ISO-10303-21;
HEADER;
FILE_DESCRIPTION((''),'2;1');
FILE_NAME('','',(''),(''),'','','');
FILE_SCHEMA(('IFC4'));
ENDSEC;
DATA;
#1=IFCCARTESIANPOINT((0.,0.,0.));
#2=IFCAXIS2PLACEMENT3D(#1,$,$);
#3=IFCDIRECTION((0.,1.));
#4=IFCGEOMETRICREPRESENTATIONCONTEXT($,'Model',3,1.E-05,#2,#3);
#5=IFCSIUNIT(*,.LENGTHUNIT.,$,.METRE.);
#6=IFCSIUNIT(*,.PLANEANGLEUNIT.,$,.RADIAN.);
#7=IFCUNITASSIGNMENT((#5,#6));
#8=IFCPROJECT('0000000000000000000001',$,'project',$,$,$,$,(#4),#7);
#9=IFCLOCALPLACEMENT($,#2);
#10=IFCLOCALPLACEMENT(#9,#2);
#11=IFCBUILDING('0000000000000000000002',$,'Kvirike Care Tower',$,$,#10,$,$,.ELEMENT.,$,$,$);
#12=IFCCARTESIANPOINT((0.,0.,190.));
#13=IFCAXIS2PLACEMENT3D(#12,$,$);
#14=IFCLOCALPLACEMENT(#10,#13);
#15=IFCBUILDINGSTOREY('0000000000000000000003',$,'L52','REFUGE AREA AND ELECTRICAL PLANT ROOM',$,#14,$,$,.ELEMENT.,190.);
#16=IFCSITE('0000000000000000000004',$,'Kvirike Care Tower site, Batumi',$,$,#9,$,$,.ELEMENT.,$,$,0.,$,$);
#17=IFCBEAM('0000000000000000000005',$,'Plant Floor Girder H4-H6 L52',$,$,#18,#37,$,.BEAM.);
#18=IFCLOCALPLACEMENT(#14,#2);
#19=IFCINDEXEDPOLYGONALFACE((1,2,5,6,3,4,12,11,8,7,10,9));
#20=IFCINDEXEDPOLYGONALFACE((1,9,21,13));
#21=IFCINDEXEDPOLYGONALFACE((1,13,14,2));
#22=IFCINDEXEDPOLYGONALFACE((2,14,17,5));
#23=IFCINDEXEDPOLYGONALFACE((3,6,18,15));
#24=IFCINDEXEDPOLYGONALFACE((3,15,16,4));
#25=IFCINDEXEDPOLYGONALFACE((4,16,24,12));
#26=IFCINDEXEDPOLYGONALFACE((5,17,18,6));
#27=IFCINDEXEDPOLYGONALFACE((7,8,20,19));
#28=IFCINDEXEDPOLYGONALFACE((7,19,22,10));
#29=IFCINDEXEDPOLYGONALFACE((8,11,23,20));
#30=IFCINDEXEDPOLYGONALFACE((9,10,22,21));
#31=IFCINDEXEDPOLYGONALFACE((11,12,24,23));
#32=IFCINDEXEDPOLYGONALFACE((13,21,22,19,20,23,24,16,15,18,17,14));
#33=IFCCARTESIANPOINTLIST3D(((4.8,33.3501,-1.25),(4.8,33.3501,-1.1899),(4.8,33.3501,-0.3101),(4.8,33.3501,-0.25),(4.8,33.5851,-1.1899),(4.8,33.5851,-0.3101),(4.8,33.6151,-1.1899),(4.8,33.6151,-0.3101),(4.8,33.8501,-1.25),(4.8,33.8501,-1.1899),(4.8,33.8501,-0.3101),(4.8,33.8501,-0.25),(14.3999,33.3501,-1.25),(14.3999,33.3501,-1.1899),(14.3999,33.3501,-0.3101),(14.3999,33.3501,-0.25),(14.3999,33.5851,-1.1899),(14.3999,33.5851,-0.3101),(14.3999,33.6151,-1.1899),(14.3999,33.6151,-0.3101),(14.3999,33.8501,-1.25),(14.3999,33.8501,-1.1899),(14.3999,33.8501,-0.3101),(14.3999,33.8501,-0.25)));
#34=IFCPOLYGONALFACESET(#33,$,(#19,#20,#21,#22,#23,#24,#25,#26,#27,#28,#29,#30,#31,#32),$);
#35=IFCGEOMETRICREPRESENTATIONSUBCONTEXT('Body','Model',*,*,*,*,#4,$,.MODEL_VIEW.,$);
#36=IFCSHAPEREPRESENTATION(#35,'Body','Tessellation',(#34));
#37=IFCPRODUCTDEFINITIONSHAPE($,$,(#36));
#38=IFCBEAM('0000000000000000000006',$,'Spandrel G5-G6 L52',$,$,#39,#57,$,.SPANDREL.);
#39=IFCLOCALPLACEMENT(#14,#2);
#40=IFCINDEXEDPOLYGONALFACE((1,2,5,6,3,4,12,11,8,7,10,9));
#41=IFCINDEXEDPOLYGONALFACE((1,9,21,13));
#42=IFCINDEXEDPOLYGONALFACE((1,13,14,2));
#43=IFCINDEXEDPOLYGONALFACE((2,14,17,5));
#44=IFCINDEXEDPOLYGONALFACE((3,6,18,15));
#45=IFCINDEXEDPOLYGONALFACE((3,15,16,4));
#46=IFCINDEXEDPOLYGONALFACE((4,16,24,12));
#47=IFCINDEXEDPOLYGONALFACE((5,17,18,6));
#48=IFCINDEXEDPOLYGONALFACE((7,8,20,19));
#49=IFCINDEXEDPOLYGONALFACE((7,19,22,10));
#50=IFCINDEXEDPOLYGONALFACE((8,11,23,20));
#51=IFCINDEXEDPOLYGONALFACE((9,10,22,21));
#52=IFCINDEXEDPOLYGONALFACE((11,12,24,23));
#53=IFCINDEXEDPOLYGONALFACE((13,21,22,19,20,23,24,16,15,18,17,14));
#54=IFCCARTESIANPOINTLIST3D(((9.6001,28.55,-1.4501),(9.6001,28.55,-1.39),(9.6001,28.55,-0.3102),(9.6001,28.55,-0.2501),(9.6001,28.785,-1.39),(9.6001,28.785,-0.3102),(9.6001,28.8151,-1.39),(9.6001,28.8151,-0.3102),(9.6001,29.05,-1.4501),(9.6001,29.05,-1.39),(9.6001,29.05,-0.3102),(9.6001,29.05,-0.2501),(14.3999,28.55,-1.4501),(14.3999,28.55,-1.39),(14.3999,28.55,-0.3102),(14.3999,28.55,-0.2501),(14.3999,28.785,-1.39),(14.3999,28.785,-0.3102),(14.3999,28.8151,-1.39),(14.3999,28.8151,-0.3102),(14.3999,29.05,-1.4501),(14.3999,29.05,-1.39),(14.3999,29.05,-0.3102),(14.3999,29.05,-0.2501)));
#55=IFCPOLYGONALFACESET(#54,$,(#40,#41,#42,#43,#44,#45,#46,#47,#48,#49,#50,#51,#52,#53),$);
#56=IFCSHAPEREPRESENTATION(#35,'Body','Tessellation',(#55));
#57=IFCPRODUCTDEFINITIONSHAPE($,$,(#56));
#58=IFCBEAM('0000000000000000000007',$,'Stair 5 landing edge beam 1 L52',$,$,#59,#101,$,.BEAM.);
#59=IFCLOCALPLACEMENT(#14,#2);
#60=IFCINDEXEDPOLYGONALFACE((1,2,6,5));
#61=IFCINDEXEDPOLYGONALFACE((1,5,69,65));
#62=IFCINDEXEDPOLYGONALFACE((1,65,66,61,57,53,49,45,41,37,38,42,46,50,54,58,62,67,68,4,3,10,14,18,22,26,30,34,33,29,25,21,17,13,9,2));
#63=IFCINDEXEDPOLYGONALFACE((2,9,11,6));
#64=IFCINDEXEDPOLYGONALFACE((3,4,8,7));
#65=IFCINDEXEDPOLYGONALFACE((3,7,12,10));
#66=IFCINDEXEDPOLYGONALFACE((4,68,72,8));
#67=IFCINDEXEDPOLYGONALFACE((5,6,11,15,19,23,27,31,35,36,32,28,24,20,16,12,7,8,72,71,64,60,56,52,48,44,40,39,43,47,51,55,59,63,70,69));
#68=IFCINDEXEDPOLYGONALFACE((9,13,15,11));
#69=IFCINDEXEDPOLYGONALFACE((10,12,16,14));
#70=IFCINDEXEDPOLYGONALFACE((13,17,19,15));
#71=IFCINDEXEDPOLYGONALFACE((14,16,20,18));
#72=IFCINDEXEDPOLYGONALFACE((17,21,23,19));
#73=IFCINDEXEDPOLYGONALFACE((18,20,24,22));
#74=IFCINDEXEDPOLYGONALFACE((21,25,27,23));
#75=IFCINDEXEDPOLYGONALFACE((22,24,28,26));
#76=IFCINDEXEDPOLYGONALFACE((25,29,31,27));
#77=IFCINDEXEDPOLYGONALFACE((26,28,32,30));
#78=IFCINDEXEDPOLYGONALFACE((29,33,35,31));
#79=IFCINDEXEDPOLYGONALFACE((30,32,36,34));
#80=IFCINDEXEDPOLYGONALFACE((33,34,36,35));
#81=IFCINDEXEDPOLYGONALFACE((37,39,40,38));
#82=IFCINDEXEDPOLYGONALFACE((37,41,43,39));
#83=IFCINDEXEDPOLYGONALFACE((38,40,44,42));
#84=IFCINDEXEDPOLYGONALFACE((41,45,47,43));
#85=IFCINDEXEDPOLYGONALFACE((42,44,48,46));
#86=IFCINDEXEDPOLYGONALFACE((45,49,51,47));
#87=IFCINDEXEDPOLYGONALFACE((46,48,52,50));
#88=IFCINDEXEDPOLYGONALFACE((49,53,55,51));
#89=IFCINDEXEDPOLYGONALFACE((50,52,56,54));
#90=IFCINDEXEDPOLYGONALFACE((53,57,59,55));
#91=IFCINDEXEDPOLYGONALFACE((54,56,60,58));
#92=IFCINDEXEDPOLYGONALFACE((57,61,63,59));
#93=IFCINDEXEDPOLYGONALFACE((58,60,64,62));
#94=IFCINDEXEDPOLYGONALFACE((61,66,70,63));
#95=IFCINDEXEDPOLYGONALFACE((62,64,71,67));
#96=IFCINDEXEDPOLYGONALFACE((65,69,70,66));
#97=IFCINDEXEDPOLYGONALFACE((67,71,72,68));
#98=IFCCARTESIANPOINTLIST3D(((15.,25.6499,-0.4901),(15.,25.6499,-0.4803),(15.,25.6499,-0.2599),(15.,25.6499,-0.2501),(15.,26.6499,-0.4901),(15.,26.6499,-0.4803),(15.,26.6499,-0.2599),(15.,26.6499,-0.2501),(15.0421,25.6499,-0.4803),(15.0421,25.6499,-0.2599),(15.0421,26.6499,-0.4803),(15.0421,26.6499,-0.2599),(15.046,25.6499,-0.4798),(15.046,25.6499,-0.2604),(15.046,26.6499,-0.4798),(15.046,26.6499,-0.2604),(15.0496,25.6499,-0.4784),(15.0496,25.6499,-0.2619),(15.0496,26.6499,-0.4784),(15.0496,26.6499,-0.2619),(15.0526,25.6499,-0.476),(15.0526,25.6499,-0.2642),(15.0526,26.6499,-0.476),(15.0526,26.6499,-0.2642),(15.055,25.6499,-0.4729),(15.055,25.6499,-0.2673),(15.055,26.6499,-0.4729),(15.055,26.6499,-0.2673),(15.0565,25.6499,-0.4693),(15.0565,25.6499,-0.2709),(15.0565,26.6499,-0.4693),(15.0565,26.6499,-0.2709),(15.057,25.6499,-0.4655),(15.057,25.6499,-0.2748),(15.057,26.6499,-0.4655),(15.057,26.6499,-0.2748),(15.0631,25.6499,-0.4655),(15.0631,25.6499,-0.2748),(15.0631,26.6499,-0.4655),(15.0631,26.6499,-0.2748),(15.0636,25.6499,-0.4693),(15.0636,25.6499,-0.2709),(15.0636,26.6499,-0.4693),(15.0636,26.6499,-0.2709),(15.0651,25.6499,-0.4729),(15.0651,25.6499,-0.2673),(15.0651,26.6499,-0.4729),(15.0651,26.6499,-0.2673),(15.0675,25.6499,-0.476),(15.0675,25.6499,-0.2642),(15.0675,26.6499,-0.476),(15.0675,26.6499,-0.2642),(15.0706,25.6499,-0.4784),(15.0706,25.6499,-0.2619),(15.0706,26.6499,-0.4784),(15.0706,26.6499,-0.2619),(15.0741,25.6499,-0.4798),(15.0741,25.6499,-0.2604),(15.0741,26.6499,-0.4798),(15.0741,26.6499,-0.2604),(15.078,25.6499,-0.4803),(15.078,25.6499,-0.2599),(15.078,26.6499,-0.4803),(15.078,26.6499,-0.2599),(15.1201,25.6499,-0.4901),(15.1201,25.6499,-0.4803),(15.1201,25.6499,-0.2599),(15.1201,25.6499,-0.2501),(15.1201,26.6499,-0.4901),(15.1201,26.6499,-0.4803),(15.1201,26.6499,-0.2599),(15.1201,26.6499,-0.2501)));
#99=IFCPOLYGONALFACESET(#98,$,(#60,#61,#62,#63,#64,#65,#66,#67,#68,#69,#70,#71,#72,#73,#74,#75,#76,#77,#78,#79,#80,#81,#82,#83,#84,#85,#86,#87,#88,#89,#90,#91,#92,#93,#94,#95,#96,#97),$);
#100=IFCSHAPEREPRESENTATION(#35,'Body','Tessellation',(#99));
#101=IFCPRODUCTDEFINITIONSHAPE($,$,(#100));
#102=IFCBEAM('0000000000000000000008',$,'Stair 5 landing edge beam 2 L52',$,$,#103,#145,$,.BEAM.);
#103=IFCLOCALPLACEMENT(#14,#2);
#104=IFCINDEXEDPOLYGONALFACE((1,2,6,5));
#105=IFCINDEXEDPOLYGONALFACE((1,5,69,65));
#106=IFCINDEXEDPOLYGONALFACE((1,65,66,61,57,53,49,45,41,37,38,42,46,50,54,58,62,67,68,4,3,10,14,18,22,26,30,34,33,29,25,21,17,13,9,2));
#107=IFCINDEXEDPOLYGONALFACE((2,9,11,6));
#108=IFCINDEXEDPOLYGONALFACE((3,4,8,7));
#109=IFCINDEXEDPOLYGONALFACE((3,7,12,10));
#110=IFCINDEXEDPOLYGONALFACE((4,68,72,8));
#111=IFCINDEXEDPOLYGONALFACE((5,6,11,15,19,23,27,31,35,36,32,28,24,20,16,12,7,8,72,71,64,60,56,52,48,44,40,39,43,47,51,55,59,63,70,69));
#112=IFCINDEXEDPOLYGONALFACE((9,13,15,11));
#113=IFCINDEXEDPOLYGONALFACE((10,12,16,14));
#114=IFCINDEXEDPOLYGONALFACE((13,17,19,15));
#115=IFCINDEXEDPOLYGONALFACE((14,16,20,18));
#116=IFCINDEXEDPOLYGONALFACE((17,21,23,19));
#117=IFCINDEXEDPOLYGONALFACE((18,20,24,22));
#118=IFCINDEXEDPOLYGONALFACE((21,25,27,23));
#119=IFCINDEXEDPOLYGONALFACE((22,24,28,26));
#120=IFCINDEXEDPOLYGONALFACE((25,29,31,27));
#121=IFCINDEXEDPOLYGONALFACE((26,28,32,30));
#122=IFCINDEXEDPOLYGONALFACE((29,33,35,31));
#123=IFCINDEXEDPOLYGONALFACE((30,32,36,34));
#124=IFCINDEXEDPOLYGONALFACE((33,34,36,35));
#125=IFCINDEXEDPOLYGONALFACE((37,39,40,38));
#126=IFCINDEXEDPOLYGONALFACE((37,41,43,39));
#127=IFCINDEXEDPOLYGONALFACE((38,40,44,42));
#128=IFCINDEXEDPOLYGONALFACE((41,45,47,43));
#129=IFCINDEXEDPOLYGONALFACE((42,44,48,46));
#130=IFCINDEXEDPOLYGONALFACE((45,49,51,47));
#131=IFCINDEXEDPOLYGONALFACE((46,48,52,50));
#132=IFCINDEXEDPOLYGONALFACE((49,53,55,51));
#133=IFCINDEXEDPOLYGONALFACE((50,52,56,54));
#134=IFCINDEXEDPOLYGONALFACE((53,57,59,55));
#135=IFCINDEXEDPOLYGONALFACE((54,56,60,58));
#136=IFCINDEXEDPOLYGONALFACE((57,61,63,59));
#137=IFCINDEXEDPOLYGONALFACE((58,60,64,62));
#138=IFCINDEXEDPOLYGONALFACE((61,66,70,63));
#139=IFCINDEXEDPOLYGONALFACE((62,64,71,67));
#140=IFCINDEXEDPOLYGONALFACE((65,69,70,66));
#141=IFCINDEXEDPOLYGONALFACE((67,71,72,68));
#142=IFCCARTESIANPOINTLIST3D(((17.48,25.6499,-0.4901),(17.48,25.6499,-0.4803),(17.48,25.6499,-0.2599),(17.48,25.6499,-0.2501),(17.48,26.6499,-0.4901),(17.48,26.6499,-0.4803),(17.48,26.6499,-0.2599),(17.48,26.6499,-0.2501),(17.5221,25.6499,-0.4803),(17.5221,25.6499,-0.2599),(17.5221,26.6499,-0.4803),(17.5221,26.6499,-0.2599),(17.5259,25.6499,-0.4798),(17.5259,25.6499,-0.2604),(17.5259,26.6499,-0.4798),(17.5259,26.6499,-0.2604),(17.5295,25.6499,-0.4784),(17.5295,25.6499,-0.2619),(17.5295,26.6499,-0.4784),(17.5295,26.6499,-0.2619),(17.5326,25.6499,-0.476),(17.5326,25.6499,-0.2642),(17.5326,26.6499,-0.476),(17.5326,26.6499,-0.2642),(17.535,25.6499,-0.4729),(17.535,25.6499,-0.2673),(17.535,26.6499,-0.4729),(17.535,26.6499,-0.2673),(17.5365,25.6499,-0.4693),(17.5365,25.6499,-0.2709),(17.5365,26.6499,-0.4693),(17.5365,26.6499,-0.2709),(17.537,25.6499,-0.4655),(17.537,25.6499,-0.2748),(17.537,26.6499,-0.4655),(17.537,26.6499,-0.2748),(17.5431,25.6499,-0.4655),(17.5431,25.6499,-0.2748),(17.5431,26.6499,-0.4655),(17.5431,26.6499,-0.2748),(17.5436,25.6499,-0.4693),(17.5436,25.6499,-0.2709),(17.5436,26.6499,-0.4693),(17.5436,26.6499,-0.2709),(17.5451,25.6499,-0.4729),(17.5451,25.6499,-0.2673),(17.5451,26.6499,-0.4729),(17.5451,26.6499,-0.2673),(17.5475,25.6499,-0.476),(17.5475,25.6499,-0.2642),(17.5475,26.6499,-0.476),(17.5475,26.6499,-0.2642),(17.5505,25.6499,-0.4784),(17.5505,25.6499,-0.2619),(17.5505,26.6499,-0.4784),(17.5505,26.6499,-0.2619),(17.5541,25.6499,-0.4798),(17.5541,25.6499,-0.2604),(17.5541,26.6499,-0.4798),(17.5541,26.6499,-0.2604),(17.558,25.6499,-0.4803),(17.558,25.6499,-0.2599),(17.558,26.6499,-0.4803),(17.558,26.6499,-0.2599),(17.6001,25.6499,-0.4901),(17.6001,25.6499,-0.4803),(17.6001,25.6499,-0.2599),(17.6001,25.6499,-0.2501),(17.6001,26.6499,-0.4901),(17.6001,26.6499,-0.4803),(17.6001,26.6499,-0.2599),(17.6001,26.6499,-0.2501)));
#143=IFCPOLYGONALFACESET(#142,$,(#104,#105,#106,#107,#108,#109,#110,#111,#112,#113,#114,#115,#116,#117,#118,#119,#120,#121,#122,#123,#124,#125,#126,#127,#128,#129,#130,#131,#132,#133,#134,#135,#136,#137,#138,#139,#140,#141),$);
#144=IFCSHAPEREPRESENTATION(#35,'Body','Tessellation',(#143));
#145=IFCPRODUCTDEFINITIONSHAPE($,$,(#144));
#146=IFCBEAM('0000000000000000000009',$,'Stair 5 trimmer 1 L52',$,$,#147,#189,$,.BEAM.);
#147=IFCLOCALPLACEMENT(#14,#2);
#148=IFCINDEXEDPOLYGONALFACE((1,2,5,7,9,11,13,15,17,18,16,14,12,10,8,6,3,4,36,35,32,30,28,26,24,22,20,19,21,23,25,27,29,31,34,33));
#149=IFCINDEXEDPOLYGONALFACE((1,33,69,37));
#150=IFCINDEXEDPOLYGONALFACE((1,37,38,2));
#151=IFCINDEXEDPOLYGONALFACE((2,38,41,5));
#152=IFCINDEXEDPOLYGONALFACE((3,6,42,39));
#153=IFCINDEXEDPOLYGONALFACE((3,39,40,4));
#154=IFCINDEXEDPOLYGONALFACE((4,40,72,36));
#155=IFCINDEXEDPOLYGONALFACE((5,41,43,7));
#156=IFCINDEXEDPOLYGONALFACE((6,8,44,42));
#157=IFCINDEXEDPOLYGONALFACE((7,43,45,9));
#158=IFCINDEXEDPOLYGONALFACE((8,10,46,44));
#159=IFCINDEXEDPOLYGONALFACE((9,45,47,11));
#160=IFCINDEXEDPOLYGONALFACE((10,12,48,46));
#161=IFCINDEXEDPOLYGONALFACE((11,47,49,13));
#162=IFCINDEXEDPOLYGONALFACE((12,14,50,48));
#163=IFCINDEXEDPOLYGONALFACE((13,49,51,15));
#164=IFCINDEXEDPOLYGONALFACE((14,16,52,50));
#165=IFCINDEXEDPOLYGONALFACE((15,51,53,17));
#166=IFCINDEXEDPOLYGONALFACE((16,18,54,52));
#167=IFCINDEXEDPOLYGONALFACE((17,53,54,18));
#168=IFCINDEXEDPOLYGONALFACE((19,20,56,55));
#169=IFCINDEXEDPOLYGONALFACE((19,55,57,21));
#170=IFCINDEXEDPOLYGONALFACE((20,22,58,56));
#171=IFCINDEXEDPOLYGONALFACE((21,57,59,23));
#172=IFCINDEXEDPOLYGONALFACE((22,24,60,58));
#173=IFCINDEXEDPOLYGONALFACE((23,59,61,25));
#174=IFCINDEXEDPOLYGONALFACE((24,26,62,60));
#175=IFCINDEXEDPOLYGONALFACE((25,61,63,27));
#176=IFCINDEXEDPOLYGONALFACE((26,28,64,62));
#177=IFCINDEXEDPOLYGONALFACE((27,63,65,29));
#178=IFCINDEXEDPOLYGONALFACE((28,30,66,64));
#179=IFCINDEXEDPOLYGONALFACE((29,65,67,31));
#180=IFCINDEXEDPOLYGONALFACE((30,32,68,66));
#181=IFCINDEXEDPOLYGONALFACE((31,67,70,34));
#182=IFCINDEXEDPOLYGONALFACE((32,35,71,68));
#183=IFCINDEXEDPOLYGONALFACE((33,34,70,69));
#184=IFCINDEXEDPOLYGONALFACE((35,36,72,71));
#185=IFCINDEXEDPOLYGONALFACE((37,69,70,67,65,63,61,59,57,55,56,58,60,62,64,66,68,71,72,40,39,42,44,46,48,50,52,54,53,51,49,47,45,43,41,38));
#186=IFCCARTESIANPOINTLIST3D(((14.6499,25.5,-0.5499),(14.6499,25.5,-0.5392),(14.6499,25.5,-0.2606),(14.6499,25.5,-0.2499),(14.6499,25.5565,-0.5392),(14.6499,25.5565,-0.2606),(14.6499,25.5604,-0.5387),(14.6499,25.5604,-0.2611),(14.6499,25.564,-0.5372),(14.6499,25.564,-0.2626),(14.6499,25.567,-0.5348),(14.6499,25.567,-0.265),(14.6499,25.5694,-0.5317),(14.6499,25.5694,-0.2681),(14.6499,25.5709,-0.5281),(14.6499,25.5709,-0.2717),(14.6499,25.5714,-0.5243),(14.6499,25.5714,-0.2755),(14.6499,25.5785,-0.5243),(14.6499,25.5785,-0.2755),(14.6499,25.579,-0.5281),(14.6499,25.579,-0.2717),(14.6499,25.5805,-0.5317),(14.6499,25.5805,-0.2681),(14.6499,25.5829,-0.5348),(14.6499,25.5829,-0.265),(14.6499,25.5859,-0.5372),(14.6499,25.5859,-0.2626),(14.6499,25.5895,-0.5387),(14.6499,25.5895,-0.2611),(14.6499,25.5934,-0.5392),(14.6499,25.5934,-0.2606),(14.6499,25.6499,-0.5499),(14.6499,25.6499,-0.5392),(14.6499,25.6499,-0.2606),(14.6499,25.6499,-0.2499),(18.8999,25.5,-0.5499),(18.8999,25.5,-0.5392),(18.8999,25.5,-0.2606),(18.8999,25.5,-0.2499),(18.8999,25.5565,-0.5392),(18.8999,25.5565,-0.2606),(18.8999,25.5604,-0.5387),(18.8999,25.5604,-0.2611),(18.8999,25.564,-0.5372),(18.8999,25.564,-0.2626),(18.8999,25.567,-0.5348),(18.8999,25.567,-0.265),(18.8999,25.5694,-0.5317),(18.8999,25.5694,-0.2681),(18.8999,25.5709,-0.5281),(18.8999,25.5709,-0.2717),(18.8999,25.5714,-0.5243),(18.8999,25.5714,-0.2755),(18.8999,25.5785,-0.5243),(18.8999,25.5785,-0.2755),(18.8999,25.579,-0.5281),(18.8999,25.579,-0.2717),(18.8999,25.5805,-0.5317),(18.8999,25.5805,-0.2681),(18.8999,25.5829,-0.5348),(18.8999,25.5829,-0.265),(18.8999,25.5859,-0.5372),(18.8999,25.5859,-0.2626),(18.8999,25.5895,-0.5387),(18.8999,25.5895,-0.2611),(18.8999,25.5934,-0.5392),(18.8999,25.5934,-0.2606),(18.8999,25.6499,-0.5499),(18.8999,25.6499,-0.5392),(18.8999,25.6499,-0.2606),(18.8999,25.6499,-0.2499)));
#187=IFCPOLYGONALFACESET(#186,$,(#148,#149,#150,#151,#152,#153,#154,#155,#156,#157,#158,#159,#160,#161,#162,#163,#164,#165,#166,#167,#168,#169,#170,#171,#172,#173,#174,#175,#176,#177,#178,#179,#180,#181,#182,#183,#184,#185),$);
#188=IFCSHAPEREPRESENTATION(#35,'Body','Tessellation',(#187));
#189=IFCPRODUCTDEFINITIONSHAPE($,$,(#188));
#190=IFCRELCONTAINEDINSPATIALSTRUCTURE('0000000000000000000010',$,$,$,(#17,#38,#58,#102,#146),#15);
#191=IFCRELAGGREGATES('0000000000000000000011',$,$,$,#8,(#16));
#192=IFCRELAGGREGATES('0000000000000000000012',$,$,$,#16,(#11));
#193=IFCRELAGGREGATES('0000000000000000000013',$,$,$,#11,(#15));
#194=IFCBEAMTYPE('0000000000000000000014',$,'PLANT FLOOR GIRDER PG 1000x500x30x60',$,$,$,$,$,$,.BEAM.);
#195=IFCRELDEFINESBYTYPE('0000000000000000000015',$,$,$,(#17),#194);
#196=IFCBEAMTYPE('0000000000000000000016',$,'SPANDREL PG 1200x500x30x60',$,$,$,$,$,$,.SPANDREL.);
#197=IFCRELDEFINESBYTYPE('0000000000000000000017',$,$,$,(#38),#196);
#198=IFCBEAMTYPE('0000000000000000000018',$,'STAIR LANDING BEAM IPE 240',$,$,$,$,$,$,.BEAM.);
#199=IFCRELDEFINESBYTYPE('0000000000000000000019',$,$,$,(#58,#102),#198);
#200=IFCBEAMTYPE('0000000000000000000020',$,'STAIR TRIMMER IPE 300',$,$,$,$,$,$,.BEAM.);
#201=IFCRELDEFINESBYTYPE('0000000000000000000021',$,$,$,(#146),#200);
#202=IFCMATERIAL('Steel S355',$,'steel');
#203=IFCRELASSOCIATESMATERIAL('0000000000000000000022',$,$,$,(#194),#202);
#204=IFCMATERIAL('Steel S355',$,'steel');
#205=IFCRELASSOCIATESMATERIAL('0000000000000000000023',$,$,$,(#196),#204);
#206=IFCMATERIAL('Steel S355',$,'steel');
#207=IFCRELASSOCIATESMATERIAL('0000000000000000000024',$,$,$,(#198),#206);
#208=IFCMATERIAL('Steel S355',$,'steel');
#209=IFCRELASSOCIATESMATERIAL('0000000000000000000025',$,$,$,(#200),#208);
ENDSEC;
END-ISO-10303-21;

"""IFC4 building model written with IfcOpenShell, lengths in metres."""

from ifc_helpers import new_model, si_unit, direction, frame, origin, origin_2d, place, context, subcontext, project, spatial, i_section, extrude, material, material_profile, profile_set, type_object, element, save


model = new_model("IFC4")

# Units and contexts
model_context = context("Model", 3, precision=1e-05, world=origin(), true_north=direction((0.0, 1.0)))
body_context = subcontext(model_context, "Body", "Model", "MODEL_VIEW")
ifc_project = project(units=[si_unit("LENGTHUNIT", "METRE"), si_unit("PLANEANGLEUNIT", "RADIAN")], contexts=[model_context])

# Site, building, storey
site_placement = place(None, origin())
site = spatial("IfcSite", under=ifc_project, at=site_placement, Name="Kvirike Care Tower site, Batumi", CompositionType="ELEMENT", RefElevation=0.0)
building_placement = place(site_placement, origin())
building = spatial("IfcBuilding", under=site, at=building_placement, Name="Kvirike Care Tower", CompositionType="ELEMENT")
storey_placement = place(building_placement, frame((0.0, 0.0, 190.0)))
storey = spatial("IfcBuildingStorey", under=building, at=storey_placement, Name="L52", Description="REFUGE AREA AND ELECTRICAL PLANT ROOM", CompositionType="ELEMENT", Elevation=190.0)

# Beams
ifc_material_1 = material(Name="Steel S355", Category="steel")
ifc_material_profile_1 = material_profile(ifc_material_1, i_section(OverallWidth=0.5, OverallDepth=1.0, WebThickness=0.03, FlangeThickness=0.0601, at=origin_2d()), Name="PG 1000x500x30x60")
ifc_profile_set_1 = profile_set([ifc_material_profile_1], Name="Steel S355")
beam_type_1 = type_object("IfcBeamType", Name="PLANT FLOOR GIRDER PG 1000x500x30x60", PredefinedType="BEAM", material=ifc_profile_set_1)
beam_1_placement = place(storey_placement, frame((4.8, 33.6001, -0.75), z_axis=(1.0, 0.0, 0.0), x_axis=(0.0, 1.0, 0.0)))
element("IfcBeam", 1, at=beam_1_placement, inside=storey, type_object=beam_type_1, Name="Plant Floor Girder H4-H6 L52", PredefinedType="BEAM", context=body_context, shape_type="SweptSolid", body=[
    extrude(i_section(OverallWidth=0.5, OverallDepth=1.0, WebThickness=0.03, FlangeThickness=0.0601, at=origin_2d()), origin(), (0.0, 0.0, 1.0), 9.5999),
])
ifc_material_2 = material(Name="Steel S355", Category="steel")
ifc_material_profile_2 = material_profile(ifc_material_2, i_section(OverallWidth=0.5, OverallDepth=1.2, WebThickness=0.03, FlangeThickness=0.0601, at=origin_2d()), Name="PG 1200x500x30x60")
ifc_profile_set_2 = profile_set([ifc_material_profile_2], Name="Steel S355")
beam_type_2 = type_object("IfcBeamType", Name="SPANDREL PG 1200x500x30x60", PredefinedType="SPANDREL", material=ifc_profile_set_2)
beam_2_placement = place(storey_placement, frame((9.6001, 28.8, -0.8501), z_axis=(1.0, 0.0, 0.0), x_axis=(0.0, 1.0, 0.0)))
element("IfcBeam", 2, at=beam_2_placement, inside=storey, type_object=beam_type_2, Name="Spandrel G5-G6 L52", PredefinedType="SPANDREL", context=body_context, shape_type="SweptSolid", body=[
    extrude(i_section(OverallWidth=0.5, OverallDepth=1.2, WebThickness=0.03, FlangeThickness=0.0601, at=origin_2d()), origin(), (0.0, 0.0, 1.0), 4.7998),
])
ifc_material_3 = material(Name="Steel S355", Category="steel")
ifc_material_profile_3 = material_profile(ifc_material_3, i_section(OverallWidth=0.1201, OverallDepth=0.24, WebThickness=0.0061, FlangeThickness=0.0098, FilletRadius=0.0149, at=origin_2d()), Name="IPE 240")
ifc_profile_set_3 = profile_set([ifc_material_profile_3], Name="Steel S355")
beam_type_3 = type_object("IfcBeamType", Name="STAIR LANDING BEAM IPE 240", PredefinedType="BEAM", material=ifc_profile_set_3)
for number, where, z_axis, x_axis, name in (
    (3, (15.0601, 25.6499, -0.3701), (0.0, 1.0, 0.0), (-1.0, 0.0, 0.0), "Stair 5 landing edge beam 1 L52"),
    (4, (17.54, 25.6499, -0.3701), (0.0, 1.0, 0.0), (-1.0, 0.0, 0.0), "Stair 5 landing edge beam 2 L52"),
):
    element("IfcBeam", number, at=place(storey_placement, frame(where, z_axis=z_axis, x_axis=x_axis)), inside=storey, type_object=beam_type_3, Name=name, PredefinedType="BEAM", context=body_context, shape_type="SweptSolid", body=[
        extrude(i_section(OverallWidth=0.1201, OverallDepth=0.24, WebThickness=0.0061, FlangeThickness=0.0098, FilletRadius=0.0149, at=origin_2d()), origin(), (0.0, 0.0, 1.0), 1.0),
    ])
ifc_material_4 = material(Name="Steel S355", Category="steel")
ifc_material_profile_4 = material_profile(ifc_material_4, i_section(OverallWidth=0.1499, OverallDepth=0.3, WebThickness=0.0071, FlangeThickness=0.0107, FilletRadius=0.0149, at=origin_2d()), Name="IPE 300")
ifc_profile_set_4 = profile_set([ifc_material_profile_4], Name="Steel S355")
beam_type_4 = type_object("IfcBeamType", Name="STAIR TRIMMER IPE 300", PredefinedType="BEAM", material=ifc_profile_set_4)
for number, where, z_axis, x_axis, name in (
    (5, (14.6499, 25.575, -0.3999), (1.0, 0.0, 0.0), (0.0, 1.0, 0.0), "Stair 5 trimmer 1 L52"),
):
    element("IfcBeam", number, at=place(storey_placement, frame(where, z_axis=z_axis, x_axis=x_axis)), inside=storey, type_object=beam_type_4, Name=name, PredefinedType="BEAM", context=body_context, shape_type="SweptSolid", body=[
        extrude(i_section(OverallWidth=0.1499, OverallDepth=0.3, WebThickness=0.0071, FlangeThickness=0.0107, FilletRadius=0.0149, at=origin_2d()), origin(), (0.0, 0.0, 1.0), 4.25),
    ])

save(model, "model.ifc")
